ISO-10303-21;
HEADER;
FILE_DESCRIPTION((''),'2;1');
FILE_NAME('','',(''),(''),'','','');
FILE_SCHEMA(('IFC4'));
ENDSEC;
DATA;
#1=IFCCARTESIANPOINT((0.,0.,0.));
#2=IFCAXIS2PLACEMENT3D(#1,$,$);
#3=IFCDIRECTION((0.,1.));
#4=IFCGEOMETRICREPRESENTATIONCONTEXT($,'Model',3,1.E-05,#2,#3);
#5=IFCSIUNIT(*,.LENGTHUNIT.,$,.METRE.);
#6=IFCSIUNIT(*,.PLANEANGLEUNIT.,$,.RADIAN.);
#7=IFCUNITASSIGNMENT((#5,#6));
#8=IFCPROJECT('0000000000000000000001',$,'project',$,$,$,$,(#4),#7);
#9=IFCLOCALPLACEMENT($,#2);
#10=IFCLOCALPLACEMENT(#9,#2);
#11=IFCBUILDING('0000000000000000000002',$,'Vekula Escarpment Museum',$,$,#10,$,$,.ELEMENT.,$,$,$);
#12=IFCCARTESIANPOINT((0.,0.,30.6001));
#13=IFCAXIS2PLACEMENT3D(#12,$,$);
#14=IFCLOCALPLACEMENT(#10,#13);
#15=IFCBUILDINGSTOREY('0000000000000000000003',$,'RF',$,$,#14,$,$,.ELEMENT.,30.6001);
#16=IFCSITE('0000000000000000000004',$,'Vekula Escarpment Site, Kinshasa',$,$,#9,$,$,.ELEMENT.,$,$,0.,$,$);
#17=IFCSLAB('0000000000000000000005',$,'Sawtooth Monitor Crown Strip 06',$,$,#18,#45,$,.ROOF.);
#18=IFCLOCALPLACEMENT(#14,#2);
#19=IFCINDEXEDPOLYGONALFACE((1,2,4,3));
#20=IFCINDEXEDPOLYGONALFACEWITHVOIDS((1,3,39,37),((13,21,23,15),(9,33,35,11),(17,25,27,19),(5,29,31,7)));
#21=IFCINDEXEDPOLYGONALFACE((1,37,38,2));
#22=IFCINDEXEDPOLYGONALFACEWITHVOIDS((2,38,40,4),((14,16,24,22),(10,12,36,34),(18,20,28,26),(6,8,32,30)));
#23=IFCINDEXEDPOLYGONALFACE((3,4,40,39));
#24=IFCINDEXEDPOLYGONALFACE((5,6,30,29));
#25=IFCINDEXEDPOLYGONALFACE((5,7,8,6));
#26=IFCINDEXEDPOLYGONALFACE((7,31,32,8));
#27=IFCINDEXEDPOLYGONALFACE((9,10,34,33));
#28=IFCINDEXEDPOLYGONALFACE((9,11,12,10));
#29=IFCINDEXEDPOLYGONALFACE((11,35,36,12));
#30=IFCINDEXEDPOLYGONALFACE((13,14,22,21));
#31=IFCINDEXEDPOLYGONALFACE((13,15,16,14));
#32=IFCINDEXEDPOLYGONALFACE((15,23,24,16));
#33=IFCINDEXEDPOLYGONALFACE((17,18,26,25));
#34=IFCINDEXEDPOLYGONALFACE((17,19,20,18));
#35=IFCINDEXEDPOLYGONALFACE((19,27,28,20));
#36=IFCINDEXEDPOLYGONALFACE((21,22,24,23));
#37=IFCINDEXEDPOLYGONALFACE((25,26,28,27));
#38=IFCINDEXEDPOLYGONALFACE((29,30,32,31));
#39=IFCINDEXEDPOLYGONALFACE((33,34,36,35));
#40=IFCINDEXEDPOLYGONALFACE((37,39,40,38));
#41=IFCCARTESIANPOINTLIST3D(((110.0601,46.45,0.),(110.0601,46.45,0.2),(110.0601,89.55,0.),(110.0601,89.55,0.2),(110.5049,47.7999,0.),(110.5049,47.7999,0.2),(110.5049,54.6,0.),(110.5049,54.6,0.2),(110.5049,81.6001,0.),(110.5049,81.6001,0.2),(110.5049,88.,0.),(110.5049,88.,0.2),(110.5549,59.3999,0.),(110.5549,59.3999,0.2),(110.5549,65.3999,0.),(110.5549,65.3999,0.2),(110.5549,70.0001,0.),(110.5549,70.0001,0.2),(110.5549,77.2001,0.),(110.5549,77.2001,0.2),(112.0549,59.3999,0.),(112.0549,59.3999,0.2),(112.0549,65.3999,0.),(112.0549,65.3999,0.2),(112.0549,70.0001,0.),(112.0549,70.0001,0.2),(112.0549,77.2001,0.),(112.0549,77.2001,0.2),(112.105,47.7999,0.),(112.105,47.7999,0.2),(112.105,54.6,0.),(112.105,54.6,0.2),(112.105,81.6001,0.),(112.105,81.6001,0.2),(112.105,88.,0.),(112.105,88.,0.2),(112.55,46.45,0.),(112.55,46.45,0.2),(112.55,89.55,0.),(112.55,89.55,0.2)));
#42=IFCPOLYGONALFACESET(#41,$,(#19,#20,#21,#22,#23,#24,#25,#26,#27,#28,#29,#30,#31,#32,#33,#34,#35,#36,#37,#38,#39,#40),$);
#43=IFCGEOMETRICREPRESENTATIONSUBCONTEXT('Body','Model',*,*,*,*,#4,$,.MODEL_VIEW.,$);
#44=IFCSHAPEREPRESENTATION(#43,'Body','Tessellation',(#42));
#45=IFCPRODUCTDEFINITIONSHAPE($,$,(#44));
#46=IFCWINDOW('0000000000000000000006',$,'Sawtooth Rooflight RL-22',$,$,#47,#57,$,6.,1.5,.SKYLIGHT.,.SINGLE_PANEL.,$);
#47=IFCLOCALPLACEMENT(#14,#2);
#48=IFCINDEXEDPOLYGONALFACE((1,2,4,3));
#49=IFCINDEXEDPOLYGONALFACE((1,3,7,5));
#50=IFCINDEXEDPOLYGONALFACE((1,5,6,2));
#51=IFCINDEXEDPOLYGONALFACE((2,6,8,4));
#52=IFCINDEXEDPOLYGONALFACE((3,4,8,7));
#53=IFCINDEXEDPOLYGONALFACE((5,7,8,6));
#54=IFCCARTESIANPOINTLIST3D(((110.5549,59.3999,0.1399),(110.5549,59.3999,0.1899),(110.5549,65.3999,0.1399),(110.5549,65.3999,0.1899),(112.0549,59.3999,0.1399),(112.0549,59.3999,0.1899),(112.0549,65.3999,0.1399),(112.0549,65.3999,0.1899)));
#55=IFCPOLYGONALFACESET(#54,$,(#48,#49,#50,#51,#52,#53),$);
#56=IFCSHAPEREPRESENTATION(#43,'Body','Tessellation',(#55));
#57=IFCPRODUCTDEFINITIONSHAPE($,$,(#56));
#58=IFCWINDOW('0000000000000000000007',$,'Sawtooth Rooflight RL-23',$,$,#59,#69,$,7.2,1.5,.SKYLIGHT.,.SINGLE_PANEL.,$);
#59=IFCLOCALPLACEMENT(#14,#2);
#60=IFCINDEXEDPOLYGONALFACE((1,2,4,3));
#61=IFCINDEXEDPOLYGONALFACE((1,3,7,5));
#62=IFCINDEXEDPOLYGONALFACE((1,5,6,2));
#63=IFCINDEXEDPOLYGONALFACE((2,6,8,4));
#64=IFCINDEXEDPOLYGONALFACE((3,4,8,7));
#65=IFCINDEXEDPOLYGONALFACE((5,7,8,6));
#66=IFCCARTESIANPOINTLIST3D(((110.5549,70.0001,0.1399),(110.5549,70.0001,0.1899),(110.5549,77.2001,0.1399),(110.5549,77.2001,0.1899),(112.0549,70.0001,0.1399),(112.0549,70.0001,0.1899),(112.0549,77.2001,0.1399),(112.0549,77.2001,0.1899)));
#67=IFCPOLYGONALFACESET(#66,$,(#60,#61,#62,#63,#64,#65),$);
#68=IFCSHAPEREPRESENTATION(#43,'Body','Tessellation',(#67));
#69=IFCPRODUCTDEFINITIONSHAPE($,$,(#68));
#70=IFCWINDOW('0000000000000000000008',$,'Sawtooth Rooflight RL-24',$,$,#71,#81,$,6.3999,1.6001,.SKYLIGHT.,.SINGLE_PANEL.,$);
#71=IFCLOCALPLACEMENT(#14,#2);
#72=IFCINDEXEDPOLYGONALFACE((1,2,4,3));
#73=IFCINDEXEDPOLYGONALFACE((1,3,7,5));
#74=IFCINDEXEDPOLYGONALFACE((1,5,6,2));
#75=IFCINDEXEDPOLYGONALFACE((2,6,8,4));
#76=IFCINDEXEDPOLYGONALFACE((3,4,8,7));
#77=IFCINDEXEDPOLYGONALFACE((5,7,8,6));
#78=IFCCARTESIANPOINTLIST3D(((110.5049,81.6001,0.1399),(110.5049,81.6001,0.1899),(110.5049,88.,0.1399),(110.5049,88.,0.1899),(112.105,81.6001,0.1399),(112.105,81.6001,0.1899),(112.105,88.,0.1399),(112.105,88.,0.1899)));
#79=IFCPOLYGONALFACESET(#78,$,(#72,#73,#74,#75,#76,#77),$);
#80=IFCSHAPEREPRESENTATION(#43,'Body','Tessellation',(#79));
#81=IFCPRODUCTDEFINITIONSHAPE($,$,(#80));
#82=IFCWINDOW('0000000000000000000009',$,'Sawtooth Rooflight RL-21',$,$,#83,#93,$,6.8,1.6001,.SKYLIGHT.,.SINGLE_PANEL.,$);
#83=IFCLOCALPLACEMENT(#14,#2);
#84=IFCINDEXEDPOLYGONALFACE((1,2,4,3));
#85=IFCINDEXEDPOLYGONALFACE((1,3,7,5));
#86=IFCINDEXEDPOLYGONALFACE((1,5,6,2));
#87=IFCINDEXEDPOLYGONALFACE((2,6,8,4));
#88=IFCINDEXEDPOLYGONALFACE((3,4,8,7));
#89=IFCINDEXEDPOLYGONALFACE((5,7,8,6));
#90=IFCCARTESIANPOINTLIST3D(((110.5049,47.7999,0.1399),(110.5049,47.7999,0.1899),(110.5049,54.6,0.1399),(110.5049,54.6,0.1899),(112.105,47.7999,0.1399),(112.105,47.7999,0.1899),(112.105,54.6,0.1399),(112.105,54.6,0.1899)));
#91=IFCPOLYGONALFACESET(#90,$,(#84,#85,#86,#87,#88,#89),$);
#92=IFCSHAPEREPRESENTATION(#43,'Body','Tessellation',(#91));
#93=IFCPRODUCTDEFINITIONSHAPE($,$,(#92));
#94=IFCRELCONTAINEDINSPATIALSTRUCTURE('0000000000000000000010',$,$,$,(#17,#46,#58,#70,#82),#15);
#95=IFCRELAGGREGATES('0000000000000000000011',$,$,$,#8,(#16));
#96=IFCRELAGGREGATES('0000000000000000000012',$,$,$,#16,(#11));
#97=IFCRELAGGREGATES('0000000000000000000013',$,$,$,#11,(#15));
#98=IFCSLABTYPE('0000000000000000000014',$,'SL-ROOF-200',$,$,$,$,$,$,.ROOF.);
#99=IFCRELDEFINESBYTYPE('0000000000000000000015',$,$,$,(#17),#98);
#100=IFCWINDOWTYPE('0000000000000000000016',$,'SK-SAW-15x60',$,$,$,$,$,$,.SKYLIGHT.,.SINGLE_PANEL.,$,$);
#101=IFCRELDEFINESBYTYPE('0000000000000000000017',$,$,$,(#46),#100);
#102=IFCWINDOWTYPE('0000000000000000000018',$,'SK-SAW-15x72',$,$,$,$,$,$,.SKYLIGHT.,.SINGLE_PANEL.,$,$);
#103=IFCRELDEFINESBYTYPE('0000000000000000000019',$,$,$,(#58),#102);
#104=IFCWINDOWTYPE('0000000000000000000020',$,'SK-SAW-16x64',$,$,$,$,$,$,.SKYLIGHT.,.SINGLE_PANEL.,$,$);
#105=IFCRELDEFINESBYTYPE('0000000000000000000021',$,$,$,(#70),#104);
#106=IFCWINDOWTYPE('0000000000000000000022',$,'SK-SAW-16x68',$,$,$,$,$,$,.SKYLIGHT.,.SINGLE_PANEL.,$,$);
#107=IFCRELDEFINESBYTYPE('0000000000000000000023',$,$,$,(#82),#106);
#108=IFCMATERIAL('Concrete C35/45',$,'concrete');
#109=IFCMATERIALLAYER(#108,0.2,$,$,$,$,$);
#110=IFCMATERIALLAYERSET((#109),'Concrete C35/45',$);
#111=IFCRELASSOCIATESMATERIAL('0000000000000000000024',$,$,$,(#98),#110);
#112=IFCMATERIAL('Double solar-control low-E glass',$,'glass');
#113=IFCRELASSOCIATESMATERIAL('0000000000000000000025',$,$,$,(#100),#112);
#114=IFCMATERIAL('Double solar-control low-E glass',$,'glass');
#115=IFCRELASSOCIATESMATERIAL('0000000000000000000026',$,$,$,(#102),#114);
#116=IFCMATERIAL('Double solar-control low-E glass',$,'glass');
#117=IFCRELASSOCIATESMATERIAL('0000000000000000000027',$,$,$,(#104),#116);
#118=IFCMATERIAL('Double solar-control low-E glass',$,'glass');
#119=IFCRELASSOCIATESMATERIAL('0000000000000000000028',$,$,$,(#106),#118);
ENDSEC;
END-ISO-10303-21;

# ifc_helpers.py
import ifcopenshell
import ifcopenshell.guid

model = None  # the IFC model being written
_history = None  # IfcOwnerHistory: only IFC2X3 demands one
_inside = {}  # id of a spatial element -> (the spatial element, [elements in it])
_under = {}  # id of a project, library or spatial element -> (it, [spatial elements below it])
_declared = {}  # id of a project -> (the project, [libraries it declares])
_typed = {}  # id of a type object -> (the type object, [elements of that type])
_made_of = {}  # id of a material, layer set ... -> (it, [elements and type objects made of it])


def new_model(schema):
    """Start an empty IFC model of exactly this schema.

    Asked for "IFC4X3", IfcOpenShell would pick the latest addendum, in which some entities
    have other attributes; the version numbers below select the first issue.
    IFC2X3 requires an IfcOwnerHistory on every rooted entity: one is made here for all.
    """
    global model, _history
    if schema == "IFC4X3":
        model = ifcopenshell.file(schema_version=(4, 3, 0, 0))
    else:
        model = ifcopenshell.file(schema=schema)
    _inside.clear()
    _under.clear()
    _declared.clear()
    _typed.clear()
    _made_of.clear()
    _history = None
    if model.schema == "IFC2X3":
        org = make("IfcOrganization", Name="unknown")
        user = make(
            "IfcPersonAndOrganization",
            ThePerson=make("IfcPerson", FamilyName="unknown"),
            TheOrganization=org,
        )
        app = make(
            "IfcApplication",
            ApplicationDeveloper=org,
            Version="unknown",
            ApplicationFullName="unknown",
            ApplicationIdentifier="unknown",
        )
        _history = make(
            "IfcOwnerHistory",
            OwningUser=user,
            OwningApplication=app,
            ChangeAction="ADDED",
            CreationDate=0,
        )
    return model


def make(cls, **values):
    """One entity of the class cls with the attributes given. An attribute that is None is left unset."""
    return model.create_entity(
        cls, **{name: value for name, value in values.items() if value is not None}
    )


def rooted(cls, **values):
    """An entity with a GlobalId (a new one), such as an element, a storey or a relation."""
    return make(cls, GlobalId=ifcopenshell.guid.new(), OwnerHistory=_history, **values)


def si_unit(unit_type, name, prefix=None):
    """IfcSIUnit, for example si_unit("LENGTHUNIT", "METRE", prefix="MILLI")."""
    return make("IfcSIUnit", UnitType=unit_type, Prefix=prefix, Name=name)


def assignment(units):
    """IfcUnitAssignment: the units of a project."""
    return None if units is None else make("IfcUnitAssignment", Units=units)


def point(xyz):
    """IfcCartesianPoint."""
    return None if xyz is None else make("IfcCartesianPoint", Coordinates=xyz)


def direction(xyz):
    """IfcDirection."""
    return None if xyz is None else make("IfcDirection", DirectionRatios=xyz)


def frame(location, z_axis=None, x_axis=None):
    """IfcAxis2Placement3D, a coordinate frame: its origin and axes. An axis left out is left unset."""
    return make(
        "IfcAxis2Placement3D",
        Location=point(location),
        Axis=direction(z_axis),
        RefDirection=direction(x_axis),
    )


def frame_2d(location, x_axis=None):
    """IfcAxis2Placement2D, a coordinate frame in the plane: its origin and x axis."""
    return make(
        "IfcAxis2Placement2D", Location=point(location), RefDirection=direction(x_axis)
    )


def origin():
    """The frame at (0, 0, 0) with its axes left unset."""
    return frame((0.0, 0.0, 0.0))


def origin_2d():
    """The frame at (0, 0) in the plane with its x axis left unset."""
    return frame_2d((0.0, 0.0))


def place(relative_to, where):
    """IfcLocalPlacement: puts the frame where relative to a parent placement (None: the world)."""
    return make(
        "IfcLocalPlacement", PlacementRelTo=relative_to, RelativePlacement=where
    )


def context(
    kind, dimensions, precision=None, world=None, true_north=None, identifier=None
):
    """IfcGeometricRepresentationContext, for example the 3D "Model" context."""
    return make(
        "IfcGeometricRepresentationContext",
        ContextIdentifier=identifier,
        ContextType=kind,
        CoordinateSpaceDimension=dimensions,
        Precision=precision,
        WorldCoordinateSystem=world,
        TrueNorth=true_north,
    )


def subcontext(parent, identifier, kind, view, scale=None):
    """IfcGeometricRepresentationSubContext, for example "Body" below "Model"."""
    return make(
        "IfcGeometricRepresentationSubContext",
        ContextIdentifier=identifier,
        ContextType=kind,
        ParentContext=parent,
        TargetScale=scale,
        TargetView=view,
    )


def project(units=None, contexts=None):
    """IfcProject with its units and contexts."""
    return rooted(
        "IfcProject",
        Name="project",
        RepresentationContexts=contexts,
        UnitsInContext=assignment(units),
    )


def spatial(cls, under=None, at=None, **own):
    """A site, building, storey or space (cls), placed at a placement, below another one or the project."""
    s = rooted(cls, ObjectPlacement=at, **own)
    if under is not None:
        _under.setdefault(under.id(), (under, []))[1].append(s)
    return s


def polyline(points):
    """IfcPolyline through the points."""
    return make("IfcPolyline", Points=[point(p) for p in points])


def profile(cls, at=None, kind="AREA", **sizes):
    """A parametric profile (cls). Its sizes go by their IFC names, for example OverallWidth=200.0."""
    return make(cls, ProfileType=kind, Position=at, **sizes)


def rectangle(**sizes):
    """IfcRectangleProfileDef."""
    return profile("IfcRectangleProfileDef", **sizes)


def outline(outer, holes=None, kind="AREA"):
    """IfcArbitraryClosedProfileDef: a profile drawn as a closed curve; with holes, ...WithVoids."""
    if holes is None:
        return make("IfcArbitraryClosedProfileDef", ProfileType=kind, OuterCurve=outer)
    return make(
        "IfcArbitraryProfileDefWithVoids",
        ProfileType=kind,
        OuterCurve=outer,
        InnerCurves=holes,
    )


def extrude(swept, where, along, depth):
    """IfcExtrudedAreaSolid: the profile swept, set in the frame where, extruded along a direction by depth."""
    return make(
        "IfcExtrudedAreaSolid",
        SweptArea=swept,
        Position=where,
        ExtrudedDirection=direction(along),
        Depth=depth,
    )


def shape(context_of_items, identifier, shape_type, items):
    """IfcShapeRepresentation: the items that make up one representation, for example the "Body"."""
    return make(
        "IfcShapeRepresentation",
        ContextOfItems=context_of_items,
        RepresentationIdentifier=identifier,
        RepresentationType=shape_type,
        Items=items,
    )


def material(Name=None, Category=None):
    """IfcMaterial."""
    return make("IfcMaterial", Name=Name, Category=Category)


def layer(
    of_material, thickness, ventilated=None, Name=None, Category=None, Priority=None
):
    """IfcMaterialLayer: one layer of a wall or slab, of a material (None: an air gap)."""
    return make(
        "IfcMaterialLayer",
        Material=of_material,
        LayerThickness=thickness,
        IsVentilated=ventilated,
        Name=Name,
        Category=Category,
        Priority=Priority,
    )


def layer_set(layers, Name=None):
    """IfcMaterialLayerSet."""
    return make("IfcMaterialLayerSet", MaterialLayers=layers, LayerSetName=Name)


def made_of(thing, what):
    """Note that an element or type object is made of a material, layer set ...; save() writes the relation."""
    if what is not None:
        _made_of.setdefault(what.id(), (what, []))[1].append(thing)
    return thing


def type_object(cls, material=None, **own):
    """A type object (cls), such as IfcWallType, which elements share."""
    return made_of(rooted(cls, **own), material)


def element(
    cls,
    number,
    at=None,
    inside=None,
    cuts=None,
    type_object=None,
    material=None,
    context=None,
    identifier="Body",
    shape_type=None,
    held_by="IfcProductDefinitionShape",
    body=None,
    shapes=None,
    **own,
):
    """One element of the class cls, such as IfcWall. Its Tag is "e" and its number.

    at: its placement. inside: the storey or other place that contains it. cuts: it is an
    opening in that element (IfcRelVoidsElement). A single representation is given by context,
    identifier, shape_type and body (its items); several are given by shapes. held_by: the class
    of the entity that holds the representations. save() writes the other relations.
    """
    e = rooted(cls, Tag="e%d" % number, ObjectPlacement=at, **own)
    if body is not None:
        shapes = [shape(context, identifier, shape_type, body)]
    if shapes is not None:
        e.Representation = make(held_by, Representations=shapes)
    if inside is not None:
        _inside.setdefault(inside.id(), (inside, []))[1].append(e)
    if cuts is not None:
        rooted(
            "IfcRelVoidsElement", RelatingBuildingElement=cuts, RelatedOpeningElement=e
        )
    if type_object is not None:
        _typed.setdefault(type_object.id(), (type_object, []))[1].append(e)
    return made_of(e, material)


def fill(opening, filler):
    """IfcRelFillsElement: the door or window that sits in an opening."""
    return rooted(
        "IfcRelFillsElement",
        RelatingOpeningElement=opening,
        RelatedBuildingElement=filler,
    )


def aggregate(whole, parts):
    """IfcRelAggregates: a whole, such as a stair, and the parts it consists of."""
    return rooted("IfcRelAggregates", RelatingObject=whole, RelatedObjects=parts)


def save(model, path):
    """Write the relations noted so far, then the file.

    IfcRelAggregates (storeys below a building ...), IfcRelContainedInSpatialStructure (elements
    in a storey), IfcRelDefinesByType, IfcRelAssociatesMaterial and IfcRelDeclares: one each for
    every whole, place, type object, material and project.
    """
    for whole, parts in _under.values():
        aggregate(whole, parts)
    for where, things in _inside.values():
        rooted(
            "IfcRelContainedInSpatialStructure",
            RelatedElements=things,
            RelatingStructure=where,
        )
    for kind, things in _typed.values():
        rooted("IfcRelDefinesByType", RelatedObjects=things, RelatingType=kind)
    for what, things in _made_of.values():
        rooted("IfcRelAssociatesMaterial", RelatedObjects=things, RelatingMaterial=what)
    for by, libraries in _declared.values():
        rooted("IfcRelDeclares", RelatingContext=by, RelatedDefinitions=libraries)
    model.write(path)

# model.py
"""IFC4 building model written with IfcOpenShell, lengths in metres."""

from ifc_helpers import new_model, si_unit, direction, frame, origin, origin_2d, place, context, subcontext, project, spatial, polyline, rectangle, outline, extrude, material, layer, layer_set, type_object, element, fill, save


model = new_model("IFC4")

# Units and contexts
model_context = context("Model", 3, precision=1e-05, world=origin(), true_north=direction((0.0, 1.0)))
body_context = subcontext(model_context, "Body", "Model", "MODEL_VIEW")
ifc_project = project(units=[si_unit("LENGTHUNIT", "METRE"), si_unit("PLANEANGLEUNIT", "RADIAN")], contexts=[model_context])

# Site, building, storey
site_placement = place(None, origin())
site = spatial("IfcSite", under=ifc_project, at=site_placement, Name="Vekula Escarpment Site, Kinshasa", CompositionType="ELEMENT", RefElevation=0.0)
building_placement = place(site_placement, origin())
building = spatial("IfcBuilding", under=site, at=building_placement, Name="Vekula Escarpment Museum", CompositionType="ELEMENT")
storey_placement = place(building_placement, frame((0.0, 0.0, 30.6001)))
storey = spatial("IfcBuildingStorey", under=building, at=storey_placement, Name="RF", CompositionType="ELEMENT", Elevation=30.6001)

# Slab, openings, windows
ifc_material_1 = material(Name="Concrete C35/45", Category="concrete")
ifc_layer = layer(ifc_material_1, 0.2)
ifc_layer_set = layer_set([ifc_layer], Name="Concrete C35/45")
slab_type = type_object("IfcSlabType", Name="SL-ROOF-200", PredefinedType="ROOF", material=ifc_layer_set)
ifc_material_2 = material(Name="Double solar-control low-E glass", Category="glass")
window_type_1 = type_object("IfcWindowType", Name="SK-SAW-15x60", PartitioningType="SINGLE_PANEL", PredefinedType="SKYLIGHT", material=ifc_material_2)
ifc_material_3 = material(Name="Double solar-control low-E glass", Category="glass")
window_type_2 = type_object("IfcWindowType", Name="SK-SAW-15x72", PartitioningType="SINGLE_PANEL", PredefinedType="SKYLIGHT", material=ifc_material_3)
ifc_material_4 = material(Name="Double solar-control low-E glass", Category="glass")
window_type_3 = type_object("IfcWindowType", Name="SK-SAW-16x64", PartitioningType="SINGLE_PANEL", PredefinedType="SKYLIGHT", material=ifc_material_4)
ifc_material_5 = material(Name="Double solar-control low-E glass", Category="glass")
window_type_4 = type_object("IfcWindowType", Name="SK-SAW-16x68", PartitioningType="SINGLE_PANEL", PredefinedType="SKYLIGHT", material=ifc_material_5)
slab_1_placement = place(storey_placement, origin())
slab_1 = element("IfcSlab", 1, at=slab_1_placement, inside=storey, type_object=slab_type, Name="Sawtooth Monitor Crown Strip 06", PredefinedType="ROOF", context=body_context, shape_type="SweptSolid", body=[
    extrude(outline(polyline([(110.0601, 46.45), (112.55, 46.45), (112.55, 89.55), (110.0601, 89.55), (110.0601, 46.45)])), origin(), (0.0, 0.0, 1.0), 0.2),
])
opening_1_placement = place(slab_1_placement, frame((111.3049, 51.2, -0.01)))
opening_1 = element("IfcOpeningElement", 2, at=opening_1_placement, cuts=slab_1, PredefinedType="OPENING", context=body_context, shape_type="SweptSolid", body=[
    extrude(rectangle(XDim=1.6001, YDim=6.8, at=origin_2d()), origin(), (0.0, 0.0, 1.0), 0.22),
])
opening_2_placement = place(slab_1_placement, frame((111.3049, 62.3999, -0.01)))
opening_2 = element("IfcOpeningElement", 3, at=opening_2_placement, cuts=slab_1, PredefinedType="OPENING", context=body_context, shape_type="SweptSolid", body=[
    extrude(rectangle(XDim=1.5, YDim=6.0, at=origin_2d()), origin(), (0.0, 0.0, 1.0), 0.22),
])
opening_3_placement = place(slab_1_placement, frame((111.3049, 73.6001, -0.01)))
opening_3 = element("IfcOpeningElement", 4, at=opening_3_placement, cuts=slab_1, PredefinedType="OPENING", context=body_context, shape_type="SweptSolid", body=[
    extrude(rectangle(XDim=1.5, YDim=7.2, at=origin_2d()), origin(), (0.0, 0.0, 1.0), 0.22),
])
opening_4_placement = place(slab_1_placement, frame((111.3049, 84.8, -0.01)))
opening_4 = element("IfcOpeningElement", 5, at=opening_4_placement, cuts=slab_1, PredefinedType="OPENING", context=body_context, shape_type="SweptSolid", body=[
    extrude(rectangle(XDim=1.6001, YDim=6.3999, at=origin_2d()), origin(), (0.0, 0.0, 1.0), 0.22),
])
window_1_placement = place(opening_2_placement, frame((0.0, 0.0, 0.1499)))
window_1 = element("IfcWindow", 6, at=window_1_placement, inside=storey, type_object=window_type_1, Name="Sawtooth Rooflight RL-22", OverallHeight=6.0, OverallWidth=1.5, PartitioningType="SINGLE_PANEL", PredefinedType="SKYLIGHT", context=body_context, shape_type="SweptSolid", body=[
    extrude(rectangle(XDim=1.5, YDim=6.0, at=origin_2d()), origin(), (0.0, 0.0, 1.0), 0.05),
])
fill(opening_2, window_1)
window_2_placement = place(opening_3_placement, frame((0.0, 0.0, 0.1499)))
window_2 = element("IfcWindow", 7, at=window_2_placement, inside=storey, type_object=window_type_2, Name="Sawtooth Rooflight RL-23", OverallHeight=7.2, OverallWidth=1.5, PartitioningType="SINGLE_PANEL", PredefinedType="SKYLIGHT", context=body_context, shape_type="SweptSolid", body=[
    extrude(rectangle(XDim=1.5, YDim=7.2, at=origin_2d()), origin(), (0.0, 0.0, 1.0), 0.05),
])
fill(opening_3, window_2)
window_3_placement = place(opening_4_placement, frame((0.0, 0.0, 0.1499)))
window_3 = element("IfcWindow", 8, at=window_3_placement, inside=storey, type_object=window_type_3, Name="Sawtooth Rooflight RL-24", OverallHeight=6.3999, OverallWidth=1.6001, PartitioningType="SINGLE_PANEL", PredefinedType="SKYLIGHT", context=body_context, shape_type="SweptSolid", body=[
    extrude(rectangle(XDim=1.6001, YDim=6.3999, at=origin_2d()), origin(), (0.0, 0.0, 1.0), 0.05),
])
fill(opening_4, window_3)
window_4_placement = place(opening_1_placement, frame((0.0, 0.0, 0.1499)))
window_4 = element("IfcWindow", 9, at=window_4_placement, inside=storey, type_object=window_type_4, Name="Sawtooth Rooflight RL-21", OverallHeight=6.8, OverallWidth=1.6001, PartitioningType="SINGLE_PANEL", PredefinedType="SKYLIGHT", context=body_context, shape_type="SweptSolid", body=[
    extrude(rectangle(XDim=1.6001, YDim=6.8, at=origin_2d()), origin(), (0.0, 0.0, 1.0), 0.05),
])
fill(opening_1, window_4)

save(model, "model.ifc")
